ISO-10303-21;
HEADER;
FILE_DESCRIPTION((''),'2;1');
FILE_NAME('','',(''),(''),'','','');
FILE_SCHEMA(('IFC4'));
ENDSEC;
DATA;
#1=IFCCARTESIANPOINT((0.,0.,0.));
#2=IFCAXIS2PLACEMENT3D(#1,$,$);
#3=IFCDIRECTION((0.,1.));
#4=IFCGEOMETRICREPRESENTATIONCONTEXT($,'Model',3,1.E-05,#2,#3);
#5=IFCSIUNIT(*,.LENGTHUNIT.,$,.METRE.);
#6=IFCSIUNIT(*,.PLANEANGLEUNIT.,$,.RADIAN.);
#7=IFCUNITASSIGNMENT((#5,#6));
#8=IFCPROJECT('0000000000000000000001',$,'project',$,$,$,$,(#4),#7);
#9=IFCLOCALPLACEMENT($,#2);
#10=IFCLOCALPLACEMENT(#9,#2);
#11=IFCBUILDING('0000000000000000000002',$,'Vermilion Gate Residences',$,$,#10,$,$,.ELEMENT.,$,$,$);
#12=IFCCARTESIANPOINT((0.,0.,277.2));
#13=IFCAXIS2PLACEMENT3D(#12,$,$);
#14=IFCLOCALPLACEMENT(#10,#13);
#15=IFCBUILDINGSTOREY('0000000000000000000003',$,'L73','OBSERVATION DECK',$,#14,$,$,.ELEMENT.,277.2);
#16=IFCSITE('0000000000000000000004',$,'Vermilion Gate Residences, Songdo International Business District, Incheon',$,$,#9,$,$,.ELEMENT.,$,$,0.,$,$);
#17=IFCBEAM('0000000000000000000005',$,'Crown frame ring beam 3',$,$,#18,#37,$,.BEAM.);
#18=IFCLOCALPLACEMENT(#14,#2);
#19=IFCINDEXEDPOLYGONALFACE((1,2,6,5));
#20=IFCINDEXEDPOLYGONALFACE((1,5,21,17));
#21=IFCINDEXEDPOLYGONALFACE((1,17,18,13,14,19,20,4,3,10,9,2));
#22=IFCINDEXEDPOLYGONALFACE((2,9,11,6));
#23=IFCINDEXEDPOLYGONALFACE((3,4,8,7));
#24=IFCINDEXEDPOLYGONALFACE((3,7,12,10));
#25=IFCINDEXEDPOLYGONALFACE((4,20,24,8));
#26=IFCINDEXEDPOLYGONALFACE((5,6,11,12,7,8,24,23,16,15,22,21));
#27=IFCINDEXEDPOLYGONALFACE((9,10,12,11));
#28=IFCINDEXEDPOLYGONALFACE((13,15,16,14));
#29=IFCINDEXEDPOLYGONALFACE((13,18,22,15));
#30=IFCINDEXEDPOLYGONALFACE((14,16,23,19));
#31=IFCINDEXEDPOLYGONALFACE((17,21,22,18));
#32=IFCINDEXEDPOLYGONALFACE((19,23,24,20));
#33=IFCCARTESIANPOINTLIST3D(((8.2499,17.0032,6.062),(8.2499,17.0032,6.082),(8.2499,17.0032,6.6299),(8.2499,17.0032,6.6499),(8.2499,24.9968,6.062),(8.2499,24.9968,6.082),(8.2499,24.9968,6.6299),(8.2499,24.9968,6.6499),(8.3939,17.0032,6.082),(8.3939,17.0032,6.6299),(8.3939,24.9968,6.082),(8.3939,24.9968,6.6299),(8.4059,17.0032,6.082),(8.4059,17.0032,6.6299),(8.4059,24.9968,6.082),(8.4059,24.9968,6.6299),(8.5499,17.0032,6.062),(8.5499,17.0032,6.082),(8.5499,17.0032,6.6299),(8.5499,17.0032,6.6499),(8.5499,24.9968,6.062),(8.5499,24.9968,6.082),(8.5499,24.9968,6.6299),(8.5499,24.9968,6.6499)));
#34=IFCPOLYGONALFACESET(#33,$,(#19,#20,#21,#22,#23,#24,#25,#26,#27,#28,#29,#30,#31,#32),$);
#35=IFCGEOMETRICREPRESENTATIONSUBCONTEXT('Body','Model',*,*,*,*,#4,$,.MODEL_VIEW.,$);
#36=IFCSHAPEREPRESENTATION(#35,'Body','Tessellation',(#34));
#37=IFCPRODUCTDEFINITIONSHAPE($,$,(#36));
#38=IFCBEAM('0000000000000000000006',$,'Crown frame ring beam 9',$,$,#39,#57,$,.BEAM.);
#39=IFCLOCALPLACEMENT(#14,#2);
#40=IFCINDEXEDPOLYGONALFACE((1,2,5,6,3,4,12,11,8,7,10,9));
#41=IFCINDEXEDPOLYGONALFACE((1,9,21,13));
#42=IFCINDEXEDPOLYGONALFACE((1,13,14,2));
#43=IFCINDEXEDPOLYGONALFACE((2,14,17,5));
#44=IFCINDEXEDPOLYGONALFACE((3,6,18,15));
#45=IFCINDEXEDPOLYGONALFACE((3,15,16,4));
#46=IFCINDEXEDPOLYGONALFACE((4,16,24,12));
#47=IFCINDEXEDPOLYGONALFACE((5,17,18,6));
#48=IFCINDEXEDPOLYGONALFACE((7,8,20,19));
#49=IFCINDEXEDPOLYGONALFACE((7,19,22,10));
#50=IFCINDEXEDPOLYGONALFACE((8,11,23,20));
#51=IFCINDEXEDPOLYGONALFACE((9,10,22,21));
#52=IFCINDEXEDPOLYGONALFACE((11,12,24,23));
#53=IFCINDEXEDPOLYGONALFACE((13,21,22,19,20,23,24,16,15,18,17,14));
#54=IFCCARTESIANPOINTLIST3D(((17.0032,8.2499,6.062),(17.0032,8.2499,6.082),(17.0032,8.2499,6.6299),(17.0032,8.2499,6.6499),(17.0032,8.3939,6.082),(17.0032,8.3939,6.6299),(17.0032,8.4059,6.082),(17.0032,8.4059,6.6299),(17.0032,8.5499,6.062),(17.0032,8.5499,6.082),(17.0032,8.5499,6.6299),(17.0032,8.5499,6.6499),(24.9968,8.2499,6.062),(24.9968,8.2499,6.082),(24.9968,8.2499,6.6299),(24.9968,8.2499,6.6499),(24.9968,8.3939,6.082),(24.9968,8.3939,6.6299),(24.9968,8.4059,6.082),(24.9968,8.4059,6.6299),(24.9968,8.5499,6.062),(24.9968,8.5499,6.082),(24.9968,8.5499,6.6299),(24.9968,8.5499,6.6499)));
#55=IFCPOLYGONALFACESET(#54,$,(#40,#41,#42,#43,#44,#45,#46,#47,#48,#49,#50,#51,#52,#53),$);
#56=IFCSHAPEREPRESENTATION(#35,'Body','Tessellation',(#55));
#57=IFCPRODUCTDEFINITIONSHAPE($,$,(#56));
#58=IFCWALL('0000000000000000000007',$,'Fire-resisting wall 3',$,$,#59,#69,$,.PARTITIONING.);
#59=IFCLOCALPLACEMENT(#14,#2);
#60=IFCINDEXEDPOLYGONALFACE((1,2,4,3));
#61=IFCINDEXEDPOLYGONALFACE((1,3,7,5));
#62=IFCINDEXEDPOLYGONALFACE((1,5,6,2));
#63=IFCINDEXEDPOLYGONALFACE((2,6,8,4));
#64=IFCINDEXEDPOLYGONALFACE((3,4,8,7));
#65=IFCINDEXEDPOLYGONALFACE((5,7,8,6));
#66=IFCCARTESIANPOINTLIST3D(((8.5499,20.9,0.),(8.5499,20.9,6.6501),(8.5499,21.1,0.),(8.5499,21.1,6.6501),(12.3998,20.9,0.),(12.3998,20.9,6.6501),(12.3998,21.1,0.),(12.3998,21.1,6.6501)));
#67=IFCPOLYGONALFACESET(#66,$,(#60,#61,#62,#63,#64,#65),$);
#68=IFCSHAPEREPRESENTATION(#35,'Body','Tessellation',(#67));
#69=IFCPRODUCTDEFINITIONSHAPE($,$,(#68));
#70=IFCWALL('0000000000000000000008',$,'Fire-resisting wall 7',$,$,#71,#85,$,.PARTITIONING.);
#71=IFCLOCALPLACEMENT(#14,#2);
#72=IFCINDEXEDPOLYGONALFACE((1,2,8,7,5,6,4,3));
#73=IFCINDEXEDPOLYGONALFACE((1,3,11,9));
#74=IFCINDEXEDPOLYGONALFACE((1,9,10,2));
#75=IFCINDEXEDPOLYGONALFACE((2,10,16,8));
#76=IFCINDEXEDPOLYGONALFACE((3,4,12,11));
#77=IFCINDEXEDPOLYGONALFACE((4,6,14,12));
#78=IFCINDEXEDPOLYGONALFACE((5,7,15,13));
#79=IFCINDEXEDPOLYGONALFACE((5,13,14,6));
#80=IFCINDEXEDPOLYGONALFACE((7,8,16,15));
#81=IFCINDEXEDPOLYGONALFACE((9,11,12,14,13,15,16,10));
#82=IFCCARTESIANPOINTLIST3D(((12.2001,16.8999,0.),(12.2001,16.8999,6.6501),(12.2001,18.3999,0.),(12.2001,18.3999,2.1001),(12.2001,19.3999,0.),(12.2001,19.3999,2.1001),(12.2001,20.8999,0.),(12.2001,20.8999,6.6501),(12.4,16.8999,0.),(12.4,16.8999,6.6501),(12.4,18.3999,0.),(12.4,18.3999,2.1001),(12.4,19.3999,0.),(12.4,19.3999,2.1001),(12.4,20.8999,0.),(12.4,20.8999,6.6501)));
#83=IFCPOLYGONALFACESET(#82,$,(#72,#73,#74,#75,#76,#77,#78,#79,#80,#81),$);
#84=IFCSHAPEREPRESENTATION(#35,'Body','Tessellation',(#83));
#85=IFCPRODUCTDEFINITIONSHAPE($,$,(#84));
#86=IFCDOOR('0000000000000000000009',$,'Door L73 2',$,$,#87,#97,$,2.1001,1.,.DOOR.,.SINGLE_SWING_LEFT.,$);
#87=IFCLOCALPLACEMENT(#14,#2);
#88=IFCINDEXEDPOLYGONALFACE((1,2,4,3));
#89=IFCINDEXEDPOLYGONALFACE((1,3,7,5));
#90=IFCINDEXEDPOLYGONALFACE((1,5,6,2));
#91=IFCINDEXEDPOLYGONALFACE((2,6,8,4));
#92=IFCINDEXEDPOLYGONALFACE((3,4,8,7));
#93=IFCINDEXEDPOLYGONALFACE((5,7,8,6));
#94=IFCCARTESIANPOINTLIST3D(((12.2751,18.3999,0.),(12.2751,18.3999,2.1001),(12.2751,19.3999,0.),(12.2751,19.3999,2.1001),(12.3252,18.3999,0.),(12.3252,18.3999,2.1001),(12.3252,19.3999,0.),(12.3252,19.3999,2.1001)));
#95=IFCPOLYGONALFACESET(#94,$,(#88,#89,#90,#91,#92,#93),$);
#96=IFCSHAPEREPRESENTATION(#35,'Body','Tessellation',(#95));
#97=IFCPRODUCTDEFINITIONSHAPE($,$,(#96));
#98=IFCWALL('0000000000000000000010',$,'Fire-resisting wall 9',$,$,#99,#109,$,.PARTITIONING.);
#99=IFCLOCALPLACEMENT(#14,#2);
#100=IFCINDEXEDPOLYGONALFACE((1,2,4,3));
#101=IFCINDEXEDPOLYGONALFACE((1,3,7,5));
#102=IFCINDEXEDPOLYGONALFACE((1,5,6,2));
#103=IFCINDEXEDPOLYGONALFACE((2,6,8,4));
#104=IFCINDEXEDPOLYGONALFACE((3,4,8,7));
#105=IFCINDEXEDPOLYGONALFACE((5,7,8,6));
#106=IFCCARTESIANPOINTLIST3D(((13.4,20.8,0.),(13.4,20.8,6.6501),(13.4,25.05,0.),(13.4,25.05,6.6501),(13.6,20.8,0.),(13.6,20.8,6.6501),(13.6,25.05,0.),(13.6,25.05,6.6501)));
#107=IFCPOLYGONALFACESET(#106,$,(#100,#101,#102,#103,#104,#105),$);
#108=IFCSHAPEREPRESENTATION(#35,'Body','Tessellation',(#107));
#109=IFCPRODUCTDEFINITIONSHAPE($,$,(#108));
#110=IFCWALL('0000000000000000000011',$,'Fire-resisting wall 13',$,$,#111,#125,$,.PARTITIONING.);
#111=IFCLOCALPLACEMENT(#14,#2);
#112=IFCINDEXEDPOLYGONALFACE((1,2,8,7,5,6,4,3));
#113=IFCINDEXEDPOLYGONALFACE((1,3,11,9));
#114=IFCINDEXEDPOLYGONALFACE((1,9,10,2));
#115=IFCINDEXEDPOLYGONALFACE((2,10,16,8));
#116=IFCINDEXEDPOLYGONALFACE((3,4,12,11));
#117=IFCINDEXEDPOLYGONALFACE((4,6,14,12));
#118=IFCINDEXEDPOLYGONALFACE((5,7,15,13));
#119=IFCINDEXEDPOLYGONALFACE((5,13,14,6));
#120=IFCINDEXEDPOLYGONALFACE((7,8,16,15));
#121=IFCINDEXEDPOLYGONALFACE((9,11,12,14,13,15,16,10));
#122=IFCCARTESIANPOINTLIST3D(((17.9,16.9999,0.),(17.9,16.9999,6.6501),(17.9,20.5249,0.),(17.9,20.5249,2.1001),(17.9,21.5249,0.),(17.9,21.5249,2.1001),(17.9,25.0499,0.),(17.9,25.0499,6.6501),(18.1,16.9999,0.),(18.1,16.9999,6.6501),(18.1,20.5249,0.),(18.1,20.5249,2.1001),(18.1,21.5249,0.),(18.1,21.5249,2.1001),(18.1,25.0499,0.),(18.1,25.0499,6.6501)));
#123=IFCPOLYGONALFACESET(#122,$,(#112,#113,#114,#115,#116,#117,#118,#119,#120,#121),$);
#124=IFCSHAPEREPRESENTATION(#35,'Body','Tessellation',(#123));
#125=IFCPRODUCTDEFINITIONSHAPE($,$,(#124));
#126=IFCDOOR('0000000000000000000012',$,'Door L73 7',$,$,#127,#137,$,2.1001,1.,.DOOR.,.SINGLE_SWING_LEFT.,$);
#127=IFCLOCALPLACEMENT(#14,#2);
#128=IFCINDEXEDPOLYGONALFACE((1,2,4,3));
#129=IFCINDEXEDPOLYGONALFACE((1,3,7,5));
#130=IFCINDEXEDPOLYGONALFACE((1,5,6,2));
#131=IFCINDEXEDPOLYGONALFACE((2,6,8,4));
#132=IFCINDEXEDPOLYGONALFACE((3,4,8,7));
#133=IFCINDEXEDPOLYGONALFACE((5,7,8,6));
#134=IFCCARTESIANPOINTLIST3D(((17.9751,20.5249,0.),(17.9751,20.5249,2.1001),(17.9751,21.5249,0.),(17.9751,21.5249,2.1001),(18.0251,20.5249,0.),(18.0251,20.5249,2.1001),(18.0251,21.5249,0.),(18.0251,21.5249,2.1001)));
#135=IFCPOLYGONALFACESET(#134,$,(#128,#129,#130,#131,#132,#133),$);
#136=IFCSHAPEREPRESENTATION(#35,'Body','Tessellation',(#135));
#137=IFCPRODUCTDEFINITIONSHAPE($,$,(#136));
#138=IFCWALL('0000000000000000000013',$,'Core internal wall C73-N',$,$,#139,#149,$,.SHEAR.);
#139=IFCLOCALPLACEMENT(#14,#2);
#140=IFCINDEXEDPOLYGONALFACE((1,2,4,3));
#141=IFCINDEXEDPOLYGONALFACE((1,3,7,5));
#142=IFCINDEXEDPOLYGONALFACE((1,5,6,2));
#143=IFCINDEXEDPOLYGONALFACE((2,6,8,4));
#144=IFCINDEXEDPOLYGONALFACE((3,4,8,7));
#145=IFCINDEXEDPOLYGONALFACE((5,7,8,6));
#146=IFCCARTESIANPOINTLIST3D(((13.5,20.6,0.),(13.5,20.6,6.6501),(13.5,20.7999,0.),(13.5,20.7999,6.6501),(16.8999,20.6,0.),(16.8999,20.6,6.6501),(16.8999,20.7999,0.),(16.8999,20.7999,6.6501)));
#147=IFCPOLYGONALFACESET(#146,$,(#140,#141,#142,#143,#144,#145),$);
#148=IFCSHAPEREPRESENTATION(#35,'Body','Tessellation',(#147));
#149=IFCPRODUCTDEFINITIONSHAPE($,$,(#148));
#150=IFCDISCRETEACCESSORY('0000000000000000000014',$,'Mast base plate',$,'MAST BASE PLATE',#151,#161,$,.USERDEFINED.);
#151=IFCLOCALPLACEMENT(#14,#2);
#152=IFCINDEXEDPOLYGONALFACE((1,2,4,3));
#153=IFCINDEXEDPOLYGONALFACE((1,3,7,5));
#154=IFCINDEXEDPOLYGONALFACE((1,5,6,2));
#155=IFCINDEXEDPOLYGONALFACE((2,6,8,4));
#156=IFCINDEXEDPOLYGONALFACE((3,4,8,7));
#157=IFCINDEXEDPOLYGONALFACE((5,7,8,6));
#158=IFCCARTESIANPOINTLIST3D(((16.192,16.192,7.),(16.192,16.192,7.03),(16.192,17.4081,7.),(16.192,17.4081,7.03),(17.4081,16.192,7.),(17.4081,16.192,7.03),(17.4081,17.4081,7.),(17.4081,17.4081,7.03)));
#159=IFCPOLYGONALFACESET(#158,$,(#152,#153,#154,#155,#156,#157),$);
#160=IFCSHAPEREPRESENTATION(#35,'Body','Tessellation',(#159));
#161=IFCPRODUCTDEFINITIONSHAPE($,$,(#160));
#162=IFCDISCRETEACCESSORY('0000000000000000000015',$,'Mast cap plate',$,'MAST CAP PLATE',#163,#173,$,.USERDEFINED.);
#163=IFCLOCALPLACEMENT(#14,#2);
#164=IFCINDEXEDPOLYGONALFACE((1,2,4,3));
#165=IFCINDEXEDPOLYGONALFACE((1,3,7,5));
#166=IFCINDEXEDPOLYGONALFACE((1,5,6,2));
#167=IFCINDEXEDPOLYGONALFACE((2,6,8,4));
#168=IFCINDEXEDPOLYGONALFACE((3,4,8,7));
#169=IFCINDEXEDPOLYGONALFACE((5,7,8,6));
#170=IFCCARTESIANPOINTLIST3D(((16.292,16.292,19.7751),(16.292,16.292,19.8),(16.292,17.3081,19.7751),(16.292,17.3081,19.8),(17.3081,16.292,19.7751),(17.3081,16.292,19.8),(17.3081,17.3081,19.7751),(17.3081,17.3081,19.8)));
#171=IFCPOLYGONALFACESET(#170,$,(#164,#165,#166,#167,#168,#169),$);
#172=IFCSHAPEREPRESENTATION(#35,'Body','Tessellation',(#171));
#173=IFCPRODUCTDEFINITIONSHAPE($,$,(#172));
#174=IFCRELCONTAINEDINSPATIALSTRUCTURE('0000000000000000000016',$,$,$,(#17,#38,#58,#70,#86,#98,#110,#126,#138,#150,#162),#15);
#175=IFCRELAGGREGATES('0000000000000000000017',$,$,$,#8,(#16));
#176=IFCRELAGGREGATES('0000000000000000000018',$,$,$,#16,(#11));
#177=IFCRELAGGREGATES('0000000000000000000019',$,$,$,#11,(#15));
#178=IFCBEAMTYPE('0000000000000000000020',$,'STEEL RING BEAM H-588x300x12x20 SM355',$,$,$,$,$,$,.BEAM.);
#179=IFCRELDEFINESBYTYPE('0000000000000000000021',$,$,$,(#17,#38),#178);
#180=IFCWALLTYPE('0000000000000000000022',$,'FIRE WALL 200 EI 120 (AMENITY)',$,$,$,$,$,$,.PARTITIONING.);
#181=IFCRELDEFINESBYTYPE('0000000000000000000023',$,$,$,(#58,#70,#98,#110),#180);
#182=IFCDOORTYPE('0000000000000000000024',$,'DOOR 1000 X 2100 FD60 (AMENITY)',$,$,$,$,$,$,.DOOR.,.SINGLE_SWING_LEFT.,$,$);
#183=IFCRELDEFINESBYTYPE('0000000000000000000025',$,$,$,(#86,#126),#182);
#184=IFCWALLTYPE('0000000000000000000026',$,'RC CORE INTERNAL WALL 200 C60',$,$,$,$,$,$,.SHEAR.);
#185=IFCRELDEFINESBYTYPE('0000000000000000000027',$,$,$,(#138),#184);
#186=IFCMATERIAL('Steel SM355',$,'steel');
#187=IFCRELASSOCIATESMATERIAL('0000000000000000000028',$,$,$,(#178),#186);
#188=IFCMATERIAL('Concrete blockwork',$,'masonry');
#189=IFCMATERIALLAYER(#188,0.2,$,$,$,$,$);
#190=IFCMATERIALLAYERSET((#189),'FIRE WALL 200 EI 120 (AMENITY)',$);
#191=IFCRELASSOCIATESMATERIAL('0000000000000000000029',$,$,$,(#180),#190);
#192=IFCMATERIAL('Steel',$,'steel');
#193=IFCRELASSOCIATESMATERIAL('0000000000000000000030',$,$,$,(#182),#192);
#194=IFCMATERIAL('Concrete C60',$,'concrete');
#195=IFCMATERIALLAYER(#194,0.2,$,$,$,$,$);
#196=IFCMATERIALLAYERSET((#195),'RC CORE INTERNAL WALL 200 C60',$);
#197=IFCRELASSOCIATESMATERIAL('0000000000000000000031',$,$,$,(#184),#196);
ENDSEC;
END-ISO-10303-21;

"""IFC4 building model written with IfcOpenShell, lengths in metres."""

from ifc_helpers import new_model, si_unit, direction, frame, frame_2d, origin, origin_2d, place, context, subcontext, project, spatial, rectangle, i_section, extrude, material, layer, layer_set, material_profile, profile_set, type_object, element, fill, save


model = new_model("IFC4")

# Units and contexts
model_context = context("Model", 3, precision=1e-05, world=origin(), true_north=direction((0.0, 1.0)))
body_context = subcontext(model_context, "Body", "Model", "MODEL_VIEW")
ifc_project = project(units=[si_unit("LENGTHUNIT", "METRE"), si_unit("PLANEANGLEUNIT", "RADIAN")], contexts=[model_context])

# Site, building, storey
site_placement = place(None, origin())
site = spatial("IfcSite", under=ifc_project, at=site_placement, Name="Vermilion Gate Residences, Songdo International Business District, Incheon", CompositionType="ELEMENT", RefElevation=0.0)
building_placement = place(site_placement, origin())
building = spatial("IfcBuilding", under=site, at=building_placement, Name="Vermilion Gate Residences", CompositionType="ELEMENT")
storey_placement = place(building_placement, frame((0.0, 0.0, 277.2)))
storey = spatial("IfcBuildingStorey", under=building, at=storey_placement, Name="L73", Description="OBSERVATION DECK", CompositionType="ELEMENT", Elevation=277.2)

# Beams
ifc_material_1 = material(Name="Steel SM355", Category="steel")
ifc_material_profile_1 = material_profile(ifc_material_1, i_section(OverallWidth=0.3, OverallDepth=0.5879, WebThickness=0.012, FlangeThickness=0.02, at=origin_2d()), Name="H-588x300x12x20")
ifc_profile_set_1 = profile_set([ifc_material_profile_1], Name="Steel SM355")
beam_type_1 = type_object("IfcBeamType", Name="STEEL RING BEAM H-588x300x12x20 SM355", PredefinedType="BEAM", material=ifc_profile_set_1)
for number, where, z_axis, x_axis, name in (
    (1, (8.3999, 17.0032, 6.356), (0.0, 1.0, 0.0), (-1.0, 0.0, 0.0), "Crown frame ring beam 3"),
    (2, (17.0032, 8.3999, 6.356), (1.0, 0.0, 0.0), (0.0, 1.0, 0.0), "Crown frame ring beam 9"),
):
    element("IfcBeam", number, at=place(storey_placement, frame(where, z_axis=z_axis, x_axis=x_axis)), inside=storey, type_object=beam_type_1, Name=name, PredefinedType="BEAM", context=body_context, shape_type="SweptSolid", body=[
        extrude(i_section(OverallWidth=0.3, OverallDepth=0.5879, WebThickness=0.012, FlangeThickness=0.02, at=origin_2d()), origin(), (0.0, 0.0, 1.0), 7.9937),
    ])

# Wall
ifc_material_2 = material(Name="Concrete blockwork", Category="masonry")
ifc_layer_1 = layer(ifc_material_2, 0.2)
ifc_layer_set_1 = layer_set([ifc_layer_1], Name="FIRE WALL 200 EI 120 (AMENITY)")
wall_type_1 = type_object("IfcWallType", Name="FIRE WALL 200 EI 120 (AMENITY)", PredefinedType="PARTITIONING", material=ifc_layer_set_1)
wall_1_placement = place(storey_placement, frame((8.55, 21.0, 0.0), z_axis=(0.0, 0.0, 1.0), x_axis=(1.0, 0.0, 0.0)))
element("IfcWall", 3, at=wall_1_placement, inside=storey, type_object=wall_type_1, Name="Fire-resisting wall 3", PredefinedType="PARTITIONING", context=body_context, shape_type="SweptSolid", body=[
    extrude(rectangle(XDim=3.8499, YDim=0.2, at=frame_2d((1.9248, 0.0))), origin(), (0.0, 0.0, 1.0), 6.6501),
])

# Wall, opening, door
wall_2_placement = place(storey_placement, frame((12.3, 16.8999, 0.0), z_axis=(0.0, 0.0, 1.0), x_axis=(0.0, 1.0, 0.0)))
wall_2 = element("IfcWall", 4, at=wall_2_placement, inside=storey, type_object=wall_type_1, Name="Fire-resisting wall 7", PredefinedType="PARTITIONING", context=body_context, shape_type="SweptSolid", body=[
    extrude(rectangle(XDim=4.0, YDim=0.2, at=frame_2d((2.0, 0.0))), origin(), (0.0, 0.0, 1.0), 6.6501),
])
opening_1_placement = place(wall_2_placement, frame((1.5, 0.0, 0.0)))
opening_1 = element("IfcOpeningElement", 5, at=opening_1_placement, cuts=wall_2, PredefinedType="OPENING", context=body_context, shape_type="SweptSolid", body=[
    extrude(rectangle(XDim=1.0, YDim=2.1001, at=frame_2d((0.5, 1.05))), frame((0.0, 0.1099, 0.0), z_axis=(0.0, -1.0, 0.0), x_axis=(1.0, 0.0, 0.0)), (0.0, 0.0, 1.0), 0.22),
])
ifc_material_3 = material(Name="Steel", Category="steel")
door_type = type_object("IfcDoorType", Name="DOOR 1000 X 2100 FD60 (AMENITY)", OperationType="SINGLE_SWING_LEFT", PredefinedType="DOOR", material=ifc_material_3)
door_1_placement = place(opening_1_placement, origin())
door_1 = element("IfcDoor", 6, at=door_1_placement, inside=storey, type_object=door_type, Name="Door L73 2", OperationType="SINGLE_SWING_LEFT", OverallHeight=2.1001, OverallWidth=1.0, PredefinedType="DOOR", context=body_context, shape_type="SweptSolid", body=[
    extrude(rectangle(XDim=1.0, YDim=2.1001, at=frame_2d((0.5, 1.05))), frame((0.0, 0.0249, 0.0), z_axis=(0.0, -1.0, 0.0), x_axis=(1.0, 0.0, 0.0)), (0.0, 0.0, 1.0), 0.05),
])
fill(opening_1, door_1)

# Wall
wall_3_placement = place(storey_placement, frame((13.5, 20.8, 0.0), z_axis=(0.0, 0.0, 1.0), x_axis=(0.0, 1.0, 0.0)))
element("IfcWall", 7, at=wall_3_placement, inside=storey, type_object=wall_type_1, Name="Fire-resisting wall 9", PredefinedType="PARTITIONING", context=body_context, shape_type="SweptSolid", body=[
    extrude(rectangle(XDim=4.25, YDim=0.2, at=frame_2d((2.125, 0.0))), origin(), (0.0, 0.0, 1.0), 6.6501),
])

# Wall, opening, door
wall_4_placement = place(storey_placement, frame((18.0, 17.0, 0.0), z_axis=(0.0, 0.0, 1.0), x_axis=(0.0, 1.0, 0.0)))
wall_4 = element("IfcWall", 8, at=wall_4_placement, inside=storey, type_object=wall_type_1, Name="Fire-resisting wall 13", PredefinedType="PARTITIONING", context=body_context, shape_type="SweptSolid", body=[
    extrude(rectangle(XDim=8.05, YDim=0.2, at=frame_2d((4.0249, 0.0))), origin(), (0.0, 0.0, 1.0), 6.6501),
])
opening_2_placement = place(wall_4_placement, frame((3.5249, 0.0, 0.0)))
opening_2 = element("IfcOpeningElement", 9, at=opening_2_placement, cuts=wall_4, PredefinedType="OPENING", context=body_context, shape_type="SweptSolid", body=[
    extrude(rectangle(XDim=1.0, YDim=2.1001, at=frame_2d((0.5, 1.05))), frame((0.0, 0.1099, 0.0), z_axis=(0.0, -1.0, 0.0), x_axis=(1.0, 0.0, 0.0)), (0.0, 0.0, 1.0), 0.22),
])
door_2_placement = place(opening_2_placement, origin())
door_2 = element("IfcDoor", 10, at=door_2_placement, inside=storey, type_object=door_type, Name="Door L73 7", OperationType="SINGLE_SWING_LEFT", OverallHeight=2.1001, OverallWidth=1.0, PredefinedType="DOOR", context=body_context, shape_type="SweptSolid", body=[
    extrude(rectangle(XDim=1.0, YDim=2.1001, at=frame_2d((0.5, 1.05))), frame((0.0, 0.0249, 0.0), z_axis=(0.0, -1.0, 0.0), x_axis=(1.0, 0.0, 0.0)), (0.0, 0.0, 1.0), 0.05),
])
fill(opening_2, door_2)

# Wall
ifc_material_4 = material(Name="Concrete C60", Category="concrete")
ifc_layer_2 = layer(ifc_material_4, 0.2)
ifc_layer_set_2 = layer_set([ifc_layer_2], Name="RC CORE INTERNAL WALL 200 C60")
wall_type_2 = type_object("IfcWallType", Name="RC CORE INTERNAL WALL 200 C60", PredefinedType="SHEAR", material=ifc_layer_set_2)
wall_5_placement = place(storey_placement, frame((13.5, 20.7, 0.0), z_axis=(0.0, 0.0, 1.0), x_axis=(1.0, 0.0, 0.0)))
element("IfcWall", 11, at=wall_5_placement, inside=storey, type_object=wall_type_2, Name="Core internal wall C73-N", PredefinedType="SHEAR", context=body_context, shape_type="SweptSolid", body=[
    extrude(rectangle(XDim=3.3999, YDim=0.2, at=frame_2d((1.7, 0.0))), origin(), (0.0, 0.0, 1.0), 6.6501),
])

# Discrete accessories
discrete_accessory_1_placement = place(storey_placement, frame((16.8, 16.8, 7.0), z_axis=(0.0, 0.0, 1.0), x_axis=(1.0, 0.0, 0.0)))
element("IfcDiscreteAccessory", 12, at=discrete_accessory_1_placement, inside=storey, Name="Mast base plate", ObjectType="MAST BASE PLATE", PredefinedType="USERDEFINED", context=body_context, shape_type="SweptSolid", body=[
    extrude(rectangle(XDim=1.2161, YDim=1.2161, at=origin_2d()), origin(), (0.0, 0.0, 1.0), 0.03),
])
discrete_accessory_2_placement = place(storey_placement, frame((16.8, 16.8, 19.7751), z_axis=(0.0, 0.0, 1.0), x_axis=(1.0, 0.0, 0.0)))
element("IfcDiscreteAccessory", 13, at=discrete_accessory_2_placement, inside=storey, Name="Mast cap plate", ObjectType="MAST CAP PLATE", PredefinedType="USERDEFINED", context=body_context, shape_type="SweptSolid", body=[
    extrude(rectangle(XDim=1.0161, YDim=1.0161, at=origin_2d()), origin(), (0.0, 0.0, 1.0), 0.0249),
])

save(model, "model.ifc")
